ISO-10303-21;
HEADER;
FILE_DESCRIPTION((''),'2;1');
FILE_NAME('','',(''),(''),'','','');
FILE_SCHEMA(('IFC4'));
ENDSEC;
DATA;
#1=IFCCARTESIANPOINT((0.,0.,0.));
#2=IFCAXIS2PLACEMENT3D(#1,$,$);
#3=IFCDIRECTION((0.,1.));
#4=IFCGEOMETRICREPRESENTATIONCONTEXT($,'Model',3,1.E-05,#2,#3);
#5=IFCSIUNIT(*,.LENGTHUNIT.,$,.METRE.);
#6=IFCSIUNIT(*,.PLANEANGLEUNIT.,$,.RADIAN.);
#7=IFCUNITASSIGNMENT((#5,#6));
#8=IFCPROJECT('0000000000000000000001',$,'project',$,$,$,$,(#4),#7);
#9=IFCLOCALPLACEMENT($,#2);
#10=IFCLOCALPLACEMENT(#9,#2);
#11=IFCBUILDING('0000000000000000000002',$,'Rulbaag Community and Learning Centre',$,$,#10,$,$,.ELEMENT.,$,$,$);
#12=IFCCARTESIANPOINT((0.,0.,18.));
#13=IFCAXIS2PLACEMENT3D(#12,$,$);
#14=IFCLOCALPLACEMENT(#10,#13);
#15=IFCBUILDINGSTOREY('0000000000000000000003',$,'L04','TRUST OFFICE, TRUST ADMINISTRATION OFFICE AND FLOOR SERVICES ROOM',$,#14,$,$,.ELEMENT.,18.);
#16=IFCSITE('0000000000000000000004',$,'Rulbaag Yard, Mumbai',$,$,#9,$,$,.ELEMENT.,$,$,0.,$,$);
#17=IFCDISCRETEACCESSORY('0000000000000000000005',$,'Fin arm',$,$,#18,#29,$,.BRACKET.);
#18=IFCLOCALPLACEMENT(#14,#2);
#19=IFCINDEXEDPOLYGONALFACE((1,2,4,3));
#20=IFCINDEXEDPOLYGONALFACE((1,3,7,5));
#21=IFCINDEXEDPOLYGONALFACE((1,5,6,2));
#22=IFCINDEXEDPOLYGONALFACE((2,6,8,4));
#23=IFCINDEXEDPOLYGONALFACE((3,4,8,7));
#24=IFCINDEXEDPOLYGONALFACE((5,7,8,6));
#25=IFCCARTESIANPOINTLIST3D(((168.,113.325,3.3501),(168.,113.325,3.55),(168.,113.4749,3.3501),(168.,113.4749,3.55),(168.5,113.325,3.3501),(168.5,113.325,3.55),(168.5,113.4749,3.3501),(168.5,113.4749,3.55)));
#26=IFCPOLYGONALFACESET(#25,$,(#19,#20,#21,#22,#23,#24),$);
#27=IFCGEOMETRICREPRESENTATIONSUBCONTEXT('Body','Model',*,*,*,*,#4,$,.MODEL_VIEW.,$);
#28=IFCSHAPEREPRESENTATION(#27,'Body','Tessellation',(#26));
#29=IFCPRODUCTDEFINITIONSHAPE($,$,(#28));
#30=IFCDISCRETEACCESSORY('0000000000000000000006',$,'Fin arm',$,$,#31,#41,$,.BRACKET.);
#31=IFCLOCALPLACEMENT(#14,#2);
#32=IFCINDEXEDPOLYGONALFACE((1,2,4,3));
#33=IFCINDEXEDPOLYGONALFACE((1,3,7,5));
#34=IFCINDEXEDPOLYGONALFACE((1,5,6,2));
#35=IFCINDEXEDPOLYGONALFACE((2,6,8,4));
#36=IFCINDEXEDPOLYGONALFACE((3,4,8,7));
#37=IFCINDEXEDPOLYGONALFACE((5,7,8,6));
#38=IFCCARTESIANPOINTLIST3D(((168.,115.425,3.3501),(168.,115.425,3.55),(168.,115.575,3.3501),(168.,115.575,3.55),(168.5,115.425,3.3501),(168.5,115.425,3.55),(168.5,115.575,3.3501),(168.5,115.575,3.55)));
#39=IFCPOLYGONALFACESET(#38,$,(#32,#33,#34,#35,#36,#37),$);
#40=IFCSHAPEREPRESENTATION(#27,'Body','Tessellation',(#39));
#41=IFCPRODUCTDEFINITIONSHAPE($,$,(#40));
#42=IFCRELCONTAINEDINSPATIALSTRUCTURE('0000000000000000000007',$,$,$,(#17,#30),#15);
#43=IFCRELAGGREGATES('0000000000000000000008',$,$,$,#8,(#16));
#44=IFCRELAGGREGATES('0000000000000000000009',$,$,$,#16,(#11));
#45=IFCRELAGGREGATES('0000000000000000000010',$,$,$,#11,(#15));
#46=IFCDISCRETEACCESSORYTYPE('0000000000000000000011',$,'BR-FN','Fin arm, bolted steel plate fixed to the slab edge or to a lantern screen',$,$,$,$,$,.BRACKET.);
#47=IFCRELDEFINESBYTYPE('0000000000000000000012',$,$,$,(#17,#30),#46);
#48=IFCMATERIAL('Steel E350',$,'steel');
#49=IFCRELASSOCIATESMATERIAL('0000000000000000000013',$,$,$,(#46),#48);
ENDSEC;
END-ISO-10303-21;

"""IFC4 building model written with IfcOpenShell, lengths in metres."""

from ifc_helpers import new_model, si_unit, direction, frame, origin, origin_2d, place, context, subcontext, project, spatial, rectangle, extrude, material, type_object, element, save


model = new_model("IFC4")

# Units and contexts
model_context = context("Model", 3, precision=1e-05, world=origin(), true_north=direction((0.0, 1.0)))
body_context = subcontext(model_context, "Body", "Model", "MODEL_VIEW")
ifc_project = project(units=[si_unit("LENGTHUNIT", "METRE"), si_unit("PLANEANGLEUNIT", "RADIAN")], contexts=[model_context])

# Site, building, storey
site_placement = place(None, origin())
site = spatial("IfcSite", under=ifc_project, at=site_placement, Name="Rulbaag Yard, Mumbai", CompositionType="ELEMENT", RefElevation=0.0)
building_placement = place(site_placement, origin())
building = spatial("IfcBuilding", under=site, at=building_placement, Name="Rulbaag Community and Learning Centre", CompositionType="ELEMENT")
storey_placement = place(building_placement, frame((0.0, 0.0, 18.0)))
storey = spatial("IfcBuildingStorey", under=building, at=storey_placement, Name="L04", Description="TRUST OFFICE, TRUST ADMINISTRATION OFFICE AND FLOOR SERVICES ROOM", CompositionType="ELEMENT", Elevation=18.0)

# Discrete accessories
ifc_material_1 = material(Name="Steel E350", Category="steel")
discrete_accessory_type = type_object("IfcDiscreteAccessoryType", Name="BR-FN", Description="Fin arm, bolted steel plate fixed to the slab edge or to a lantern screen", PredefinedType="BRACKET", material=ifc_material_1)
for number, where, z_axis, x_axis, name in (
    (1, (168.25, 113.3999, 3.3501), (0.0, 0.0, 1.0), (1.0, 0.0, 0.0), "Fin arm"),
    (2, (168.25, 115.5, 3.3501), (0.0, 0.0, 1.0), (1.0, 0.0, 0.0), "Fin arm"),
):
    element("IfcDiscreteAccessory", number, at=place(storey_placement, frame(where, z_axis=z_axis, x_axis=x_axis)), inside=storey, type_object=discrete_accessory_type, Name=name, PredefinedType="BRACKET", context=body_context, shape_type="SweptSolid", body=[
        extrude(rectangle(XDim=0.5, YDim=0.1499, at=origin_2d()), origin(), (0.0, 0.0, 1.0), 0.2),
    ])

save(model, "model.ifc")
